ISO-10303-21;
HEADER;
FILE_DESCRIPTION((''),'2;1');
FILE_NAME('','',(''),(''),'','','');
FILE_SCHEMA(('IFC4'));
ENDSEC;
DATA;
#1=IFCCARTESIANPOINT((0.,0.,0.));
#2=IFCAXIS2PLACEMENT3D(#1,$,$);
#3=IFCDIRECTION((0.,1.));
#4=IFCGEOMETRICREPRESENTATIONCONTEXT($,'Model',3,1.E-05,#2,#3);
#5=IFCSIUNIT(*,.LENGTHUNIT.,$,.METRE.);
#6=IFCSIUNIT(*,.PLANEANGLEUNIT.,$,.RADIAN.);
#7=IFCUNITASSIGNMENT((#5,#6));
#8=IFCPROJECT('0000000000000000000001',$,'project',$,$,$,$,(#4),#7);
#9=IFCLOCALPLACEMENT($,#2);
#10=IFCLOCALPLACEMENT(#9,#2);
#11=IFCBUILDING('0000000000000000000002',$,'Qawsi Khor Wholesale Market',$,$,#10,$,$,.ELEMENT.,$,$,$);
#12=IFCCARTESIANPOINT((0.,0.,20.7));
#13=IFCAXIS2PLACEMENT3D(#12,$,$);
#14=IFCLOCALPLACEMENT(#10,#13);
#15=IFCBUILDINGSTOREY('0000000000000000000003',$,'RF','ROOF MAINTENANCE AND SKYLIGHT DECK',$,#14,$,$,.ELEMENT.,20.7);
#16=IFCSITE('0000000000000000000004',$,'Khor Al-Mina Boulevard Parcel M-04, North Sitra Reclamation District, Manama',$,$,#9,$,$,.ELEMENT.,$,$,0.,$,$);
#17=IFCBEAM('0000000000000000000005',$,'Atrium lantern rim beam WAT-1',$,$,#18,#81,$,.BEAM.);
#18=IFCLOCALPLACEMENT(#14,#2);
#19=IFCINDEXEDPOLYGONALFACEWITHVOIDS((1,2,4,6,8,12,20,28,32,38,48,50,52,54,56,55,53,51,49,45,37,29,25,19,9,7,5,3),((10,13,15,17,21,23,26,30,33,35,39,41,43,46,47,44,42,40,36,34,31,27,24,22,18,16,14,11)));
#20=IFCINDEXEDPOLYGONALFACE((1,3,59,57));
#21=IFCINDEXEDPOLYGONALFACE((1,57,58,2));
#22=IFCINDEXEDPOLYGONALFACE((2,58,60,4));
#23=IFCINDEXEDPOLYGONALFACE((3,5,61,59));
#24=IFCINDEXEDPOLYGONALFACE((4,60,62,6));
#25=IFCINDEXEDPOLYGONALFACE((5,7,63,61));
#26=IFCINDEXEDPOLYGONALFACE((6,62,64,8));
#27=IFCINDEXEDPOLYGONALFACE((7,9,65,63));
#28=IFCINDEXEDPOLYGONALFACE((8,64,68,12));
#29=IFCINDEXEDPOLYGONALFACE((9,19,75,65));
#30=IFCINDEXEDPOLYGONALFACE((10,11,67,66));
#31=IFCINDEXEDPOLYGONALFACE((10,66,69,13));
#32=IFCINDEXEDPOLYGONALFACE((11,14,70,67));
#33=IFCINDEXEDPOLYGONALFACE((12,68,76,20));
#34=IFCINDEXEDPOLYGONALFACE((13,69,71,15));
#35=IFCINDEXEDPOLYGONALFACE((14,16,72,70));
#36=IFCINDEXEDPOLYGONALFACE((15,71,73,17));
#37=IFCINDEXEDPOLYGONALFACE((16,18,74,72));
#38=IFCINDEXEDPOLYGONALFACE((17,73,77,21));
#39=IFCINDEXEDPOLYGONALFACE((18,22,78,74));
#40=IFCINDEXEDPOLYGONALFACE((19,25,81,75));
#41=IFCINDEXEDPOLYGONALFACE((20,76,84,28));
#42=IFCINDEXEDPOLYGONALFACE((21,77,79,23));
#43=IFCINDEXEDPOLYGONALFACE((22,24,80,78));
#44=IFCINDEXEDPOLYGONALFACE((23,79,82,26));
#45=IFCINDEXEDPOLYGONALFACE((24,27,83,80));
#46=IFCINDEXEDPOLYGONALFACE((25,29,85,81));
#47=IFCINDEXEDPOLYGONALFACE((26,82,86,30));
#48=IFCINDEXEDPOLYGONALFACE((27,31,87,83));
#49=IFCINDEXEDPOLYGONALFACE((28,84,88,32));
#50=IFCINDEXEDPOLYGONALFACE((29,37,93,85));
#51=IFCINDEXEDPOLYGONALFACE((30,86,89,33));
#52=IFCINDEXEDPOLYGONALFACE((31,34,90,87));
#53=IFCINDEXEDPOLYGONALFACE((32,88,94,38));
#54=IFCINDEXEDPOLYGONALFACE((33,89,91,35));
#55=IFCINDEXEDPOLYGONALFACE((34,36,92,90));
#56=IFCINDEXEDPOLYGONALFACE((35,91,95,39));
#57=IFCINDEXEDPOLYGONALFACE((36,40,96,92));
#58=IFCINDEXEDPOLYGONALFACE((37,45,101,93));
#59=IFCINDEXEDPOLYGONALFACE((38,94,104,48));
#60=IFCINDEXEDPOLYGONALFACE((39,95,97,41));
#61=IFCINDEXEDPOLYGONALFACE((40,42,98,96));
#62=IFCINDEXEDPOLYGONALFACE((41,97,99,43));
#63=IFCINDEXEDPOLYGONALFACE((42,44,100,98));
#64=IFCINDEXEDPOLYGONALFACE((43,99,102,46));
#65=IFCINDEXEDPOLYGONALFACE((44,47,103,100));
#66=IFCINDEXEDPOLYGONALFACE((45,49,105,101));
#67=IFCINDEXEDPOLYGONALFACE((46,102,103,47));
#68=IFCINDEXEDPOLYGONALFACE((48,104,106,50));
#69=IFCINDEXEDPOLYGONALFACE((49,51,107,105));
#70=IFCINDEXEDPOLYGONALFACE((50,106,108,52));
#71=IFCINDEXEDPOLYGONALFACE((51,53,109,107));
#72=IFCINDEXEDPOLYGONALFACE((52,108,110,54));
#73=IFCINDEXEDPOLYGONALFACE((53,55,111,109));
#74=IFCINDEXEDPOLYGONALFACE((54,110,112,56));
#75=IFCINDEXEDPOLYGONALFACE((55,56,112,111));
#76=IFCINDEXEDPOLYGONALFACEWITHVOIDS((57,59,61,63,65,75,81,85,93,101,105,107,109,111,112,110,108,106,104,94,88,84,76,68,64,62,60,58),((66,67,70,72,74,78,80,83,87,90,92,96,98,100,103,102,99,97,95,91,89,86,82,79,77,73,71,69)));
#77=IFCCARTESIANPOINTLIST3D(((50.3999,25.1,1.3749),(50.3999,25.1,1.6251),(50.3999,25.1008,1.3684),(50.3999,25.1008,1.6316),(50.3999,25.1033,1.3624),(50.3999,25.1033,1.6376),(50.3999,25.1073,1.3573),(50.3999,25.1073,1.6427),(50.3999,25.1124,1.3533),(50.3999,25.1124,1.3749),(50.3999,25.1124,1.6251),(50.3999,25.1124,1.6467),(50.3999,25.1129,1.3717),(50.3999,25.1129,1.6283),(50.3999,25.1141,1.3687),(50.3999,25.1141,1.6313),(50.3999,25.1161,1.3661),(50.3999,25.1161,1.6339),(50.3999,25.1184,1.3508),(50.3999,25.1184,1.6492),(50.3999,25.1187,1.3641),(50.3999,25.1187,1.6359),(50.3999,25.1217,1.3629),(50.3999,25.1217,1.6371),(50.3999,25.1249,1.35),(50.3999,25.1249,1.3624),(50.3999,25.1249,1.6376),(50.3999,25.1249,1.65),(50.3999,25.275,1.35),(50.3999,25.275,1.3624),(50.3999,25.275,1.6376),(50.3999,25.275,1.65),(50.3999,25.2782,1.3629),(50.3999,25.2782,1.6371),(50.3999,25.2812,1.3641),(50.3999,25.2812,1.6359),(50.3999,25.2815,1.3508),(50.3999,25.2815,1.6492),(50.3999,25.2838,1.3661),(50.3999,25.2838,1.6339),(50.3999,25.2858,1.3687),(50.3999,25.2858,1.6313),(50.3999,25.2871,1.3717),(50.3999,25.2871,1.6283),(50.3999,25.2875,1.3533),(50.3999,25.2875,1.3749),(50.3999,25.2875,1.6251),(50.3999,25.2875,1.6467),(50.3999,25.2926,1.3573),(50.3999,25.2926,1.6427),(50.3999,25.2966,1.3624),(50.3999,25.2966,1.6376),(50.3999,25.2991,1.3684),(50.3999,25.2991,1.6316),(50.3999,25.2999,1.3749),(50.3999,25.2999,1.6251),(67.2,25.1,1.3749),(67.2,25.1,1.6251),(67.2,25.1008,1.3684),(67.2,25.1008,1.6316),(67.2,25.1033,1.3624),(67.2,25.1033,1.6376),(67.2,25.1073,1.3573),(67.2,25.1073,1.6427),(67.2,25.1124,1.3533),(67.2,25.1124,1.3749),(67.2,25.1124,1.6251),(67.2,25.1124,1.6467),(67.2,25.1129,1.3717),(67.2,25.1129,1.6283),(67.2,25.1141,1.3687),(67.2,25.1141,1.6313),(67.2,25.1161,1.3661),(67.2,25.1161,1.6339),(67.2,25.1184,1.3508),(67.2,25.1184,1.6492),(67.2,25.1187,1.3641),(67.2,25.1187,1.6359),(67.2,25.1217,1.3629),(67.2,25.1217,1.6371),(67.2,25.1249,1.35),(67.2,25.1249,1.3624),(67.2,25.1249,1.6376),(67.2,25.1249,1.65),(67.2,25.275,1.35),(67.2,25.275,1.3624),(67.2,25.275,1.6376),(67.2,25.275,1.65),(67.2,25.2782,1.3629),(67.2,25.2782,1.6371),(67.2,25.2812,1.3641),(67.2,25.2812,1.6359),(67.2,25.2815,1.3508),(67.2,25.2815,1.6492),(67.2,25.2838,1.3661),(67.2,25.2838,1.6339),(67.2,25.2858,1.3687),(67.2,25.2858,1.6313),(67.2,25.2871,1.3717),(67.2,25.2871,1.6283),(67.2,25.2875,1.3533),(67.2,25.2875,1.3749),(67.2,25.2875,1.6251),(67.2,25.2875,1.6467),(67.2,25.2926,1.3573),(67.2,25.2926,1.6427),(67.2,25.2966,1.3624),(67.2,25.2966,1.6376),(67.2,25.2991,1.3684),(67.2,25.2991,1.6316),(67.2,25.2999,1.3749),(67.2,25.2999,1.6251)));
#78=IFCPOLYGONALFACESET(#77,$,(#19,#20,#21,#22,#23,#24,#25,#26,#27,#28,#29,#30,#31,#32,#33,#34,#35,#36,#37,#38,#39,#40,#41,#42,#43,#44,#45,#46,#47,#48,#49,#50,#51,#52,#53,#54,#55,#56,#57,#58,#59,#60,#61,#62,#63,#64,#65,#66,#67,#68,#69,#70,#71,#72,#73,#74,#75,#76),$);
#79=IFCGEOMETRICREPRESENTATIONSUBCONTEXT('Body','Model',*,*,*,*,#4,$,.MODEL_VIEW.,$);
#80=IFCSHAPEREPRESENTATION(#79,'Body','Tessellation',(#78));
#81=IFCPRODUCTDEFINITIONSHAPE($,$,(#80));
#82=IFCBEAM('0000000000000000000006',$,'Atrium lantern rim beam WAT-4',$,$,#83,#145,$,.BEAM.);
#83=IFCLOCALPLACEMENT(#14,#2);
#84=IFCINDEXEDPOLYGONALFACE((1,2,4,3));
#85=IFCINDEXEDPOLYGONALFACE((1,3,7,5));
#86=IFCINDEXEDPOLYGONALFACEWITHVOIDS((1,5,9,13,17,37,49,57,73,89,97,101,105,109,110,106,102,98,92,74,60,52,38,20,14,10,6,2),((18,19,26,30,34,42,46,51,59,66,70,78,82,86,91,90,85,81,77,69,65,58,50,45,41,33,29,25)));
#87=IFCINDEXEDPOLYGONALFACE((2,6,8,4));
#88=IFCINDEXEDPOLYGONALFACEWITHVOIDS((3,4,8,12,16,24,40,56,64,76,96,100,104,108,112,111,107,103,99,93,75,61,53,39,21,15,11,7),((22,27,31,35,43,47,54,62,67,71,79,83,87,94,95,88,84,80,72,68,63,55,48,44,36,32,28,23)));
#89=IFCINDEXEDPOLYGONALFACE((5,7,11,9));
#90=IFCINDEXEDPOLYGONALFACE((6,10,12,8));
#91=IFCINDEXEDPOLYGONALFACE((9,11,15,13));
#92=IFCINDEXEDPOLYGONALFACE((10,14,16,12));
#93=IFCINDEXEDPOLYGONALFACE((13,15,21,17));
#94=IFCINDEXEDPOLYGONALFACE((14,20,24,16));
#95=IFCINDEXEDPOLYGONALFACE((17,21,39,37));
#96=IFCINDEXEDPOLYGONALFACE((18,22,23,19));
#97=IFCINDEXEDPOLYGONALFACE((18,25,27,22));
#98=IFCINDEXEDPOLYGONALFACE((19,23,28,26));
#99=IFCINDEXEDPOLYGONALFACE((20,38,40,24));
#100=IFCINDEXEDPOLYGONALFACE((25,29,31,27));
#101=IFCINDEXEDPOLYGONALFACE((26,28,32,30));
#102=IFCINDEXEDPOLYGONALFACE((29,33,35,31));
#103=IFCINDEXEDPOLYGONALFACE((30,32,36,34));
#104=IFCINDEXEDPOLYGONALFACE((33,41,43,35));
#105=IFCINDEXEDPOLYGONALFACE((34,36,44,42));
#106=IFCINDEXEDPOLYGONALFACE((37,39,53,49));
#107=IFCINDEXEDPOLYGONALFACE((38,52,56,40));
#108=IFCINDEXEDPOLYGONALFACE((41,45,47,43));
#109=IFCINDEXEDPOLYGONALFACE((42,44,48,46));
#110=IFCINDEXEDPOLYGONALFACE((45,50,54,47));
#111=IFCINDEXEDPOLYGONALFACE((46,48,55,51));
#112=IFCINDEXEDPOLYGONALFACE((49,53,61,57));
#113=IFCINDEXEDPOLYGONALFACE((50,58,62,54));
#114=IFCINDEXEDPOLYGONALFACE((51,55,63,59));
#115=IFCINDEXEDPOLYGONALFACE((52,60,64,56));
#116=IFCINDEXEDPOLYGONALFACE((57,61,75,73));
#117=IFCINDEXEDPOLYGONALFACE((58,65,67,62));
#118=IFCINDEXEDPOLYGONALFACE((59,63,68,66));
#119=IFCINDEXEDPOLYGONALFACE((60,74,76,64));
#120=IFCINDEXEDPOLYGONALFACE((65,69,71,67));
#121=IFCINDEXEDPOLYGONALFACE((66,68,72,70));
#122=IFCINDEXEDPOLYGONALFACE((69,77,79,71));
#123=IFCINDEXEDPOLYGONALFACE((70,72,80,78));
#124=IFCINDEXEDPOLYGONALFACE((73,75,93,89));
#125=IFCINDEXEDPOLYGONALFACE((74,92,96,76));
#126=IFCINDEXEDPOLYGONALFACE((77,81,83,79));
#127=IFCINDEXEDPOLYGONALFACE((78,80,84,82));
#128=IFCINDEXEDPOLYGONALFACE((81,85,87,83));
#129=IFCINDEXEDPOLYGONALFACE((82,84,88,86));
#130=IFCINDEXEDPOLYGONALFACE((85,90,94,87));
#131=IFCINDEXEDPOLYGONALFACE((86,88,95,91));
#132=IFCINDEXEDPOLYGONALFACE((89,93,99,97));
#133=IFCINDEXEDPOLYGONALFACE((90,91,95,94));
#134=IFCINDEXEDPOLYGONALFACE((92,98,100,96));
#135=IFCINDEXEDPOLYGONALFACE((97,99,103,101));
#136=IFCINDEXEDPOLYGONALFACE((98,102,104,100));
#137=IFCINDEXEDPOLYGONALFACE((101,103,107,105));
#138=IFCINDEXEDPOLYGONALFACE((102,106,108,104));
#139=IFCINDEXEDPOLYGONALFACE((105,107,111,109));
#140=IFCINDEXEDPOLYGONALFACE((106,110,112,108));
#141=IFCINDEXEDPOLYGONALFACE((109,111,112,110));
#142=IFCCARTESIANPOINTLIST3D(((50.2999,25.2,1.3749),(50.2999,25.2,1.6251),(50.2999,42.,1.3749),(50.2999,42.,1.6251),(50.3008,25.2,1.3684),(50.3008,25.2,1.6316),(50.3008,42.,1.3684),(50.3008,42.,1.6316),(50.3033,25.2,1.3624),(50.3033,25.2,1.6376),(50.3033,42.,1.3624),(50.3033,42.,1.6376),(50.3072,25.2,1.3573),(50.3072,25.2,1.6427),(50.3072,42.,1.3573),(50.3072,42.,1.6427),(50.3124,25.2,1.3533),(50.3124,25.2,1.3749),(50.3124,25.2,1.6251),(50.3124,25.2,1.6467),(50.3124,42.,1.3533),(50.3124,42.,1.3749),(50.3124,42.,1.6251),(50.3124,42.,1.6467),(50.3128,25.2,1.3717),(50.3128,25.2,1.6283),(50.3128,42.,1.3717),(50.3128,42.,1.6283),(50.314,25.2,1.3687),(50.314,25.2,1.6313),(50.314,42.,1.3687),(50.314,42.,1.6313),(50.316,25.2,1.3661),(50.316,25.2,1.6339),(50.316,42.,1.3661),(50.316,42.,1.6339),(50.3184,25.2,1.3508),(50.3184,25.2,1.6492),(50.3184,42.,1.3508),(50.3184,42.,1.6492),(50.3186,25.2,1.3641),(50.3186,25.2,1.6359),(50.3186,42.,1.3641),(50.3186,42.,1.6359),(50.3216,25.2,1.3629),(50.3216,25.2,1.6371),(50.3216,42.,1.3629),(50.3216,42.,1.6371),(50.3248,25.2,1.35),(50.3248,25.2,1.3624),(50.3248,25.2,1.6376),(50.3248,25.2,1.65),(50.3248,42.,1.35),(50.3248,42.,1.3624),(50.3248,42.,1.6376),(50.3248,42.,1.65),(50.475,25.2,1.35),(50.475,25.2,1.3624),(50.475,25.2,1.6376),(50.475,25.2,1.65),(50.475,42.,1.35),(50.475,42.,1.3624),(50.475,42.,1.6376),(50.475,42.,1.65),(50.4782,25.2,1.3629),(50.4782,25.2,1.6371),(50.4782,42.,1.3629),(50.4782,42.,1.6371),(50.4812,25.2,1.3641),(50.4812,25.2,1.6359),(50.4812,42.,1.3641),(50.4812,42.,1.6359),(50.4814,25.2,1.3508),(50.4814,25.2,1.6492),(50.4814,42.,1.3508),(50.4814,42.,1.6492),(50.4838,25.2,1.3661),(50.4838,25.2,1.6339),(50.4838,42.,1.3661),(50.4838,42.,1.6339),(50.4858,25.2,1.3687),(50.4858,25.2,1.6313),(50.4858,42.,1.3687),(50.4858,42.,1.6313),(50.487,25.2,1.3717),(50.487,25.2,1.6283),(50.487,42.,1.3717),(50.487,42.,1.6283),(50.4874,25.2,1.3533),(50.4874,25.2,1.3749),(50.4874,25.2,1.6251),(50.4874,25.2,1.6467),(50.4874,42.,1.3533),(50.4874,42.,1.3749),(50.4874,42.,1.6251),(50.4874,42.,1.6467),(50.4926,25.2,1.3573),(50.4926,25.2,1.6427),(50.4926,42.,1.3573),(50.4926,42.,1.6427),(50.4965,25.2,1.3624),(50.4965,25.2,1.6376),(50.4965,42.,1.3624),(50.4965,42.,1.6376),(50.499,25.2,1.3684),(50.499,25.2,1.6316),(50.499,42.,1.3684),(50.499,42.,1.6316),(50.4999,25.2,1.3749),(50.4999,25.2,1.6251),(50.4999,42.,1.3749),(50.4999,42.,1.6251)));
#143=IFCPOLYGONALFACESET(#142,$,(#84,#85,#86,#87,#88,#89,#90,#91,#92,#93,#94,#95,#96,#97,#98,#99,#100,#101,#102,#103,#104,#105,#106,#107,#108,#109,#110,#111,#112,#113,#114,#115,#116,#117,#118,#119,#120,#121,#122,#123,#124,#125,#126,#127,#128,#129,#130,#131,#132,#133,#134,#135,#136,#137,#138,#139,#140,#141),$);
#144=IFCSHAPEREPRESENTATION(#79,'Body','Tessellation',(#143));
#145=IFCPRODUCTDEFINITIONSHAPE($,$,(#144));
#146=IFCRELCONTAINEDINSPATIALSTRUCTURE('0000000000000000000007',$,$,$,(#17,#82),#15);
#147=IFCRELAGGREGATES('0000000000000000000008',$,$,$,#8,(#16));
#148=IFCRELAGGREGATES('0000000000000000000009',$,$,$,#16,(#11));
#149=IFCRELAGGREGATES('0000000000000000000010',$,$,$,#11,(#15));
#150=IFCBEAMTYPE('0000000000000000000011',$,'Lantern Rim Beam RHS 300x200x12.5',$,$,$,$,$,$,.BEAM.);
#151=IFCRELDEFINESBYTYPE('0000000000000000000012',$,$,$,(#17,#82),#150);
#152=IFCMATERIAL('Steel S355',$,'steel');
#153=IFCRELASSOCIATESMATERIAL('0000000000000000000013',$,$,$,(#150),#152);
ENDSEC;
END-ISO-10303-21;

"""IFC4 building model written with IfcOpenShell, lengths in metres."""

from ifc_helpers import new_model, si_unit, direction, frame, origin, origin_2d, place, context, subcontext, project, spatial, hollow_rectangle, extrude, material, material_profile, profile_set, type_object, element, save


model = new_model("IFC4")

# Units and contexts
model_context = context("Model", 3, precision=1e-05, world=origin(), true_north=direction((0.0, 1.0)))
body_context = subcontext(model_context, "Body", "Model", "MODEL_VIEW")
ifc_project = project(units=[si_unit("LENGTHUNIT", "METRE"), si_unit("PLANEANGLEUNIT", "RADIAN")], contexts=[model_context])

# Site, building, storey
site_placement = place(None, origin())
site = spatial("IfcSite", under=ifc_project, at=site_placement, Name="Khor Al-Mina Boulevard Parcel M-04, North Sitra Reclamation District, Manama", CompositionType="ELEMENT", RefElevation=0.0)
building_placement = place(site_placement, origin())
building = spatial("IfcBuilding", under=site, at=building_placement, Name="Qawsi Khor Wholesale Market", CompositionType="ELEMENT")
storey_placement = place(building_placement, frame((0.0, 0.0, 20.7)))
storey = spatial("IfcBuildingStorey", under=building, at=storey_placement, Name="RF", Description="ROOF MAINTENANCE AND SKYLIGHT DECK", CompositionType="ELEMENT", Elevation=20.7)

# Shared definitions
ifc_material_1 = material(Name="Steel S355", Category="steel")

# Beams
ifc_material_profile_1 = material_profile(ifc_material_1, hollow_rectangle(XDim=0.2, YDim=0.3, WallThickness=0.0125, InnerFilletRadius=0.0125, OuterFilletRadius=0.0249, at=origin_2d()), Name="RHS 300x200x12.5")
ifc_profile_set_1 = profile_set([ifc_material_profile_1], Name="Steel S355")
beam_type_1 = type_object("IfcBeamType", Name="Lantern Rim Beam RHS 300x200x12.5", PredefinedType="BEAM", material=ifc_profile_set_1)
for number, where, z_axis, x_axis, name in (
    (1, (50.3999, 25.2, 1.5), (1.0, 0.0, 0.0), (0.0, 1.0, 0.0), "Atrium lantern rim beam WAT-1"),
    (2, (50.3999, 42.0, 1.5), (0.0, -1.0, 0.0), (1.0, 0.0, 0.0), "Atrium lantern rim beam WAT-4"),
):
    element("IfcBeam", number, at=place(storey_placement, frame(where, z_axis=z_axis, x_axis=x_axis)), inside=storey, type_object=beam_type_1, Name=name, PredefinedType="BEAM", context=body_context, shape_type="SweptSolid", body=[
        extrude(hollow_rectangle(XDim=0.2, YDim=0.3, WallThickness=0.0125, InnerFilletRadius=0.0125, OuterFilletRadius=0.0249, at=origin_2d()), origin(), (0.0, 0.0, 1.0), 16.8),
    ])

save(model, "model.ifc")
